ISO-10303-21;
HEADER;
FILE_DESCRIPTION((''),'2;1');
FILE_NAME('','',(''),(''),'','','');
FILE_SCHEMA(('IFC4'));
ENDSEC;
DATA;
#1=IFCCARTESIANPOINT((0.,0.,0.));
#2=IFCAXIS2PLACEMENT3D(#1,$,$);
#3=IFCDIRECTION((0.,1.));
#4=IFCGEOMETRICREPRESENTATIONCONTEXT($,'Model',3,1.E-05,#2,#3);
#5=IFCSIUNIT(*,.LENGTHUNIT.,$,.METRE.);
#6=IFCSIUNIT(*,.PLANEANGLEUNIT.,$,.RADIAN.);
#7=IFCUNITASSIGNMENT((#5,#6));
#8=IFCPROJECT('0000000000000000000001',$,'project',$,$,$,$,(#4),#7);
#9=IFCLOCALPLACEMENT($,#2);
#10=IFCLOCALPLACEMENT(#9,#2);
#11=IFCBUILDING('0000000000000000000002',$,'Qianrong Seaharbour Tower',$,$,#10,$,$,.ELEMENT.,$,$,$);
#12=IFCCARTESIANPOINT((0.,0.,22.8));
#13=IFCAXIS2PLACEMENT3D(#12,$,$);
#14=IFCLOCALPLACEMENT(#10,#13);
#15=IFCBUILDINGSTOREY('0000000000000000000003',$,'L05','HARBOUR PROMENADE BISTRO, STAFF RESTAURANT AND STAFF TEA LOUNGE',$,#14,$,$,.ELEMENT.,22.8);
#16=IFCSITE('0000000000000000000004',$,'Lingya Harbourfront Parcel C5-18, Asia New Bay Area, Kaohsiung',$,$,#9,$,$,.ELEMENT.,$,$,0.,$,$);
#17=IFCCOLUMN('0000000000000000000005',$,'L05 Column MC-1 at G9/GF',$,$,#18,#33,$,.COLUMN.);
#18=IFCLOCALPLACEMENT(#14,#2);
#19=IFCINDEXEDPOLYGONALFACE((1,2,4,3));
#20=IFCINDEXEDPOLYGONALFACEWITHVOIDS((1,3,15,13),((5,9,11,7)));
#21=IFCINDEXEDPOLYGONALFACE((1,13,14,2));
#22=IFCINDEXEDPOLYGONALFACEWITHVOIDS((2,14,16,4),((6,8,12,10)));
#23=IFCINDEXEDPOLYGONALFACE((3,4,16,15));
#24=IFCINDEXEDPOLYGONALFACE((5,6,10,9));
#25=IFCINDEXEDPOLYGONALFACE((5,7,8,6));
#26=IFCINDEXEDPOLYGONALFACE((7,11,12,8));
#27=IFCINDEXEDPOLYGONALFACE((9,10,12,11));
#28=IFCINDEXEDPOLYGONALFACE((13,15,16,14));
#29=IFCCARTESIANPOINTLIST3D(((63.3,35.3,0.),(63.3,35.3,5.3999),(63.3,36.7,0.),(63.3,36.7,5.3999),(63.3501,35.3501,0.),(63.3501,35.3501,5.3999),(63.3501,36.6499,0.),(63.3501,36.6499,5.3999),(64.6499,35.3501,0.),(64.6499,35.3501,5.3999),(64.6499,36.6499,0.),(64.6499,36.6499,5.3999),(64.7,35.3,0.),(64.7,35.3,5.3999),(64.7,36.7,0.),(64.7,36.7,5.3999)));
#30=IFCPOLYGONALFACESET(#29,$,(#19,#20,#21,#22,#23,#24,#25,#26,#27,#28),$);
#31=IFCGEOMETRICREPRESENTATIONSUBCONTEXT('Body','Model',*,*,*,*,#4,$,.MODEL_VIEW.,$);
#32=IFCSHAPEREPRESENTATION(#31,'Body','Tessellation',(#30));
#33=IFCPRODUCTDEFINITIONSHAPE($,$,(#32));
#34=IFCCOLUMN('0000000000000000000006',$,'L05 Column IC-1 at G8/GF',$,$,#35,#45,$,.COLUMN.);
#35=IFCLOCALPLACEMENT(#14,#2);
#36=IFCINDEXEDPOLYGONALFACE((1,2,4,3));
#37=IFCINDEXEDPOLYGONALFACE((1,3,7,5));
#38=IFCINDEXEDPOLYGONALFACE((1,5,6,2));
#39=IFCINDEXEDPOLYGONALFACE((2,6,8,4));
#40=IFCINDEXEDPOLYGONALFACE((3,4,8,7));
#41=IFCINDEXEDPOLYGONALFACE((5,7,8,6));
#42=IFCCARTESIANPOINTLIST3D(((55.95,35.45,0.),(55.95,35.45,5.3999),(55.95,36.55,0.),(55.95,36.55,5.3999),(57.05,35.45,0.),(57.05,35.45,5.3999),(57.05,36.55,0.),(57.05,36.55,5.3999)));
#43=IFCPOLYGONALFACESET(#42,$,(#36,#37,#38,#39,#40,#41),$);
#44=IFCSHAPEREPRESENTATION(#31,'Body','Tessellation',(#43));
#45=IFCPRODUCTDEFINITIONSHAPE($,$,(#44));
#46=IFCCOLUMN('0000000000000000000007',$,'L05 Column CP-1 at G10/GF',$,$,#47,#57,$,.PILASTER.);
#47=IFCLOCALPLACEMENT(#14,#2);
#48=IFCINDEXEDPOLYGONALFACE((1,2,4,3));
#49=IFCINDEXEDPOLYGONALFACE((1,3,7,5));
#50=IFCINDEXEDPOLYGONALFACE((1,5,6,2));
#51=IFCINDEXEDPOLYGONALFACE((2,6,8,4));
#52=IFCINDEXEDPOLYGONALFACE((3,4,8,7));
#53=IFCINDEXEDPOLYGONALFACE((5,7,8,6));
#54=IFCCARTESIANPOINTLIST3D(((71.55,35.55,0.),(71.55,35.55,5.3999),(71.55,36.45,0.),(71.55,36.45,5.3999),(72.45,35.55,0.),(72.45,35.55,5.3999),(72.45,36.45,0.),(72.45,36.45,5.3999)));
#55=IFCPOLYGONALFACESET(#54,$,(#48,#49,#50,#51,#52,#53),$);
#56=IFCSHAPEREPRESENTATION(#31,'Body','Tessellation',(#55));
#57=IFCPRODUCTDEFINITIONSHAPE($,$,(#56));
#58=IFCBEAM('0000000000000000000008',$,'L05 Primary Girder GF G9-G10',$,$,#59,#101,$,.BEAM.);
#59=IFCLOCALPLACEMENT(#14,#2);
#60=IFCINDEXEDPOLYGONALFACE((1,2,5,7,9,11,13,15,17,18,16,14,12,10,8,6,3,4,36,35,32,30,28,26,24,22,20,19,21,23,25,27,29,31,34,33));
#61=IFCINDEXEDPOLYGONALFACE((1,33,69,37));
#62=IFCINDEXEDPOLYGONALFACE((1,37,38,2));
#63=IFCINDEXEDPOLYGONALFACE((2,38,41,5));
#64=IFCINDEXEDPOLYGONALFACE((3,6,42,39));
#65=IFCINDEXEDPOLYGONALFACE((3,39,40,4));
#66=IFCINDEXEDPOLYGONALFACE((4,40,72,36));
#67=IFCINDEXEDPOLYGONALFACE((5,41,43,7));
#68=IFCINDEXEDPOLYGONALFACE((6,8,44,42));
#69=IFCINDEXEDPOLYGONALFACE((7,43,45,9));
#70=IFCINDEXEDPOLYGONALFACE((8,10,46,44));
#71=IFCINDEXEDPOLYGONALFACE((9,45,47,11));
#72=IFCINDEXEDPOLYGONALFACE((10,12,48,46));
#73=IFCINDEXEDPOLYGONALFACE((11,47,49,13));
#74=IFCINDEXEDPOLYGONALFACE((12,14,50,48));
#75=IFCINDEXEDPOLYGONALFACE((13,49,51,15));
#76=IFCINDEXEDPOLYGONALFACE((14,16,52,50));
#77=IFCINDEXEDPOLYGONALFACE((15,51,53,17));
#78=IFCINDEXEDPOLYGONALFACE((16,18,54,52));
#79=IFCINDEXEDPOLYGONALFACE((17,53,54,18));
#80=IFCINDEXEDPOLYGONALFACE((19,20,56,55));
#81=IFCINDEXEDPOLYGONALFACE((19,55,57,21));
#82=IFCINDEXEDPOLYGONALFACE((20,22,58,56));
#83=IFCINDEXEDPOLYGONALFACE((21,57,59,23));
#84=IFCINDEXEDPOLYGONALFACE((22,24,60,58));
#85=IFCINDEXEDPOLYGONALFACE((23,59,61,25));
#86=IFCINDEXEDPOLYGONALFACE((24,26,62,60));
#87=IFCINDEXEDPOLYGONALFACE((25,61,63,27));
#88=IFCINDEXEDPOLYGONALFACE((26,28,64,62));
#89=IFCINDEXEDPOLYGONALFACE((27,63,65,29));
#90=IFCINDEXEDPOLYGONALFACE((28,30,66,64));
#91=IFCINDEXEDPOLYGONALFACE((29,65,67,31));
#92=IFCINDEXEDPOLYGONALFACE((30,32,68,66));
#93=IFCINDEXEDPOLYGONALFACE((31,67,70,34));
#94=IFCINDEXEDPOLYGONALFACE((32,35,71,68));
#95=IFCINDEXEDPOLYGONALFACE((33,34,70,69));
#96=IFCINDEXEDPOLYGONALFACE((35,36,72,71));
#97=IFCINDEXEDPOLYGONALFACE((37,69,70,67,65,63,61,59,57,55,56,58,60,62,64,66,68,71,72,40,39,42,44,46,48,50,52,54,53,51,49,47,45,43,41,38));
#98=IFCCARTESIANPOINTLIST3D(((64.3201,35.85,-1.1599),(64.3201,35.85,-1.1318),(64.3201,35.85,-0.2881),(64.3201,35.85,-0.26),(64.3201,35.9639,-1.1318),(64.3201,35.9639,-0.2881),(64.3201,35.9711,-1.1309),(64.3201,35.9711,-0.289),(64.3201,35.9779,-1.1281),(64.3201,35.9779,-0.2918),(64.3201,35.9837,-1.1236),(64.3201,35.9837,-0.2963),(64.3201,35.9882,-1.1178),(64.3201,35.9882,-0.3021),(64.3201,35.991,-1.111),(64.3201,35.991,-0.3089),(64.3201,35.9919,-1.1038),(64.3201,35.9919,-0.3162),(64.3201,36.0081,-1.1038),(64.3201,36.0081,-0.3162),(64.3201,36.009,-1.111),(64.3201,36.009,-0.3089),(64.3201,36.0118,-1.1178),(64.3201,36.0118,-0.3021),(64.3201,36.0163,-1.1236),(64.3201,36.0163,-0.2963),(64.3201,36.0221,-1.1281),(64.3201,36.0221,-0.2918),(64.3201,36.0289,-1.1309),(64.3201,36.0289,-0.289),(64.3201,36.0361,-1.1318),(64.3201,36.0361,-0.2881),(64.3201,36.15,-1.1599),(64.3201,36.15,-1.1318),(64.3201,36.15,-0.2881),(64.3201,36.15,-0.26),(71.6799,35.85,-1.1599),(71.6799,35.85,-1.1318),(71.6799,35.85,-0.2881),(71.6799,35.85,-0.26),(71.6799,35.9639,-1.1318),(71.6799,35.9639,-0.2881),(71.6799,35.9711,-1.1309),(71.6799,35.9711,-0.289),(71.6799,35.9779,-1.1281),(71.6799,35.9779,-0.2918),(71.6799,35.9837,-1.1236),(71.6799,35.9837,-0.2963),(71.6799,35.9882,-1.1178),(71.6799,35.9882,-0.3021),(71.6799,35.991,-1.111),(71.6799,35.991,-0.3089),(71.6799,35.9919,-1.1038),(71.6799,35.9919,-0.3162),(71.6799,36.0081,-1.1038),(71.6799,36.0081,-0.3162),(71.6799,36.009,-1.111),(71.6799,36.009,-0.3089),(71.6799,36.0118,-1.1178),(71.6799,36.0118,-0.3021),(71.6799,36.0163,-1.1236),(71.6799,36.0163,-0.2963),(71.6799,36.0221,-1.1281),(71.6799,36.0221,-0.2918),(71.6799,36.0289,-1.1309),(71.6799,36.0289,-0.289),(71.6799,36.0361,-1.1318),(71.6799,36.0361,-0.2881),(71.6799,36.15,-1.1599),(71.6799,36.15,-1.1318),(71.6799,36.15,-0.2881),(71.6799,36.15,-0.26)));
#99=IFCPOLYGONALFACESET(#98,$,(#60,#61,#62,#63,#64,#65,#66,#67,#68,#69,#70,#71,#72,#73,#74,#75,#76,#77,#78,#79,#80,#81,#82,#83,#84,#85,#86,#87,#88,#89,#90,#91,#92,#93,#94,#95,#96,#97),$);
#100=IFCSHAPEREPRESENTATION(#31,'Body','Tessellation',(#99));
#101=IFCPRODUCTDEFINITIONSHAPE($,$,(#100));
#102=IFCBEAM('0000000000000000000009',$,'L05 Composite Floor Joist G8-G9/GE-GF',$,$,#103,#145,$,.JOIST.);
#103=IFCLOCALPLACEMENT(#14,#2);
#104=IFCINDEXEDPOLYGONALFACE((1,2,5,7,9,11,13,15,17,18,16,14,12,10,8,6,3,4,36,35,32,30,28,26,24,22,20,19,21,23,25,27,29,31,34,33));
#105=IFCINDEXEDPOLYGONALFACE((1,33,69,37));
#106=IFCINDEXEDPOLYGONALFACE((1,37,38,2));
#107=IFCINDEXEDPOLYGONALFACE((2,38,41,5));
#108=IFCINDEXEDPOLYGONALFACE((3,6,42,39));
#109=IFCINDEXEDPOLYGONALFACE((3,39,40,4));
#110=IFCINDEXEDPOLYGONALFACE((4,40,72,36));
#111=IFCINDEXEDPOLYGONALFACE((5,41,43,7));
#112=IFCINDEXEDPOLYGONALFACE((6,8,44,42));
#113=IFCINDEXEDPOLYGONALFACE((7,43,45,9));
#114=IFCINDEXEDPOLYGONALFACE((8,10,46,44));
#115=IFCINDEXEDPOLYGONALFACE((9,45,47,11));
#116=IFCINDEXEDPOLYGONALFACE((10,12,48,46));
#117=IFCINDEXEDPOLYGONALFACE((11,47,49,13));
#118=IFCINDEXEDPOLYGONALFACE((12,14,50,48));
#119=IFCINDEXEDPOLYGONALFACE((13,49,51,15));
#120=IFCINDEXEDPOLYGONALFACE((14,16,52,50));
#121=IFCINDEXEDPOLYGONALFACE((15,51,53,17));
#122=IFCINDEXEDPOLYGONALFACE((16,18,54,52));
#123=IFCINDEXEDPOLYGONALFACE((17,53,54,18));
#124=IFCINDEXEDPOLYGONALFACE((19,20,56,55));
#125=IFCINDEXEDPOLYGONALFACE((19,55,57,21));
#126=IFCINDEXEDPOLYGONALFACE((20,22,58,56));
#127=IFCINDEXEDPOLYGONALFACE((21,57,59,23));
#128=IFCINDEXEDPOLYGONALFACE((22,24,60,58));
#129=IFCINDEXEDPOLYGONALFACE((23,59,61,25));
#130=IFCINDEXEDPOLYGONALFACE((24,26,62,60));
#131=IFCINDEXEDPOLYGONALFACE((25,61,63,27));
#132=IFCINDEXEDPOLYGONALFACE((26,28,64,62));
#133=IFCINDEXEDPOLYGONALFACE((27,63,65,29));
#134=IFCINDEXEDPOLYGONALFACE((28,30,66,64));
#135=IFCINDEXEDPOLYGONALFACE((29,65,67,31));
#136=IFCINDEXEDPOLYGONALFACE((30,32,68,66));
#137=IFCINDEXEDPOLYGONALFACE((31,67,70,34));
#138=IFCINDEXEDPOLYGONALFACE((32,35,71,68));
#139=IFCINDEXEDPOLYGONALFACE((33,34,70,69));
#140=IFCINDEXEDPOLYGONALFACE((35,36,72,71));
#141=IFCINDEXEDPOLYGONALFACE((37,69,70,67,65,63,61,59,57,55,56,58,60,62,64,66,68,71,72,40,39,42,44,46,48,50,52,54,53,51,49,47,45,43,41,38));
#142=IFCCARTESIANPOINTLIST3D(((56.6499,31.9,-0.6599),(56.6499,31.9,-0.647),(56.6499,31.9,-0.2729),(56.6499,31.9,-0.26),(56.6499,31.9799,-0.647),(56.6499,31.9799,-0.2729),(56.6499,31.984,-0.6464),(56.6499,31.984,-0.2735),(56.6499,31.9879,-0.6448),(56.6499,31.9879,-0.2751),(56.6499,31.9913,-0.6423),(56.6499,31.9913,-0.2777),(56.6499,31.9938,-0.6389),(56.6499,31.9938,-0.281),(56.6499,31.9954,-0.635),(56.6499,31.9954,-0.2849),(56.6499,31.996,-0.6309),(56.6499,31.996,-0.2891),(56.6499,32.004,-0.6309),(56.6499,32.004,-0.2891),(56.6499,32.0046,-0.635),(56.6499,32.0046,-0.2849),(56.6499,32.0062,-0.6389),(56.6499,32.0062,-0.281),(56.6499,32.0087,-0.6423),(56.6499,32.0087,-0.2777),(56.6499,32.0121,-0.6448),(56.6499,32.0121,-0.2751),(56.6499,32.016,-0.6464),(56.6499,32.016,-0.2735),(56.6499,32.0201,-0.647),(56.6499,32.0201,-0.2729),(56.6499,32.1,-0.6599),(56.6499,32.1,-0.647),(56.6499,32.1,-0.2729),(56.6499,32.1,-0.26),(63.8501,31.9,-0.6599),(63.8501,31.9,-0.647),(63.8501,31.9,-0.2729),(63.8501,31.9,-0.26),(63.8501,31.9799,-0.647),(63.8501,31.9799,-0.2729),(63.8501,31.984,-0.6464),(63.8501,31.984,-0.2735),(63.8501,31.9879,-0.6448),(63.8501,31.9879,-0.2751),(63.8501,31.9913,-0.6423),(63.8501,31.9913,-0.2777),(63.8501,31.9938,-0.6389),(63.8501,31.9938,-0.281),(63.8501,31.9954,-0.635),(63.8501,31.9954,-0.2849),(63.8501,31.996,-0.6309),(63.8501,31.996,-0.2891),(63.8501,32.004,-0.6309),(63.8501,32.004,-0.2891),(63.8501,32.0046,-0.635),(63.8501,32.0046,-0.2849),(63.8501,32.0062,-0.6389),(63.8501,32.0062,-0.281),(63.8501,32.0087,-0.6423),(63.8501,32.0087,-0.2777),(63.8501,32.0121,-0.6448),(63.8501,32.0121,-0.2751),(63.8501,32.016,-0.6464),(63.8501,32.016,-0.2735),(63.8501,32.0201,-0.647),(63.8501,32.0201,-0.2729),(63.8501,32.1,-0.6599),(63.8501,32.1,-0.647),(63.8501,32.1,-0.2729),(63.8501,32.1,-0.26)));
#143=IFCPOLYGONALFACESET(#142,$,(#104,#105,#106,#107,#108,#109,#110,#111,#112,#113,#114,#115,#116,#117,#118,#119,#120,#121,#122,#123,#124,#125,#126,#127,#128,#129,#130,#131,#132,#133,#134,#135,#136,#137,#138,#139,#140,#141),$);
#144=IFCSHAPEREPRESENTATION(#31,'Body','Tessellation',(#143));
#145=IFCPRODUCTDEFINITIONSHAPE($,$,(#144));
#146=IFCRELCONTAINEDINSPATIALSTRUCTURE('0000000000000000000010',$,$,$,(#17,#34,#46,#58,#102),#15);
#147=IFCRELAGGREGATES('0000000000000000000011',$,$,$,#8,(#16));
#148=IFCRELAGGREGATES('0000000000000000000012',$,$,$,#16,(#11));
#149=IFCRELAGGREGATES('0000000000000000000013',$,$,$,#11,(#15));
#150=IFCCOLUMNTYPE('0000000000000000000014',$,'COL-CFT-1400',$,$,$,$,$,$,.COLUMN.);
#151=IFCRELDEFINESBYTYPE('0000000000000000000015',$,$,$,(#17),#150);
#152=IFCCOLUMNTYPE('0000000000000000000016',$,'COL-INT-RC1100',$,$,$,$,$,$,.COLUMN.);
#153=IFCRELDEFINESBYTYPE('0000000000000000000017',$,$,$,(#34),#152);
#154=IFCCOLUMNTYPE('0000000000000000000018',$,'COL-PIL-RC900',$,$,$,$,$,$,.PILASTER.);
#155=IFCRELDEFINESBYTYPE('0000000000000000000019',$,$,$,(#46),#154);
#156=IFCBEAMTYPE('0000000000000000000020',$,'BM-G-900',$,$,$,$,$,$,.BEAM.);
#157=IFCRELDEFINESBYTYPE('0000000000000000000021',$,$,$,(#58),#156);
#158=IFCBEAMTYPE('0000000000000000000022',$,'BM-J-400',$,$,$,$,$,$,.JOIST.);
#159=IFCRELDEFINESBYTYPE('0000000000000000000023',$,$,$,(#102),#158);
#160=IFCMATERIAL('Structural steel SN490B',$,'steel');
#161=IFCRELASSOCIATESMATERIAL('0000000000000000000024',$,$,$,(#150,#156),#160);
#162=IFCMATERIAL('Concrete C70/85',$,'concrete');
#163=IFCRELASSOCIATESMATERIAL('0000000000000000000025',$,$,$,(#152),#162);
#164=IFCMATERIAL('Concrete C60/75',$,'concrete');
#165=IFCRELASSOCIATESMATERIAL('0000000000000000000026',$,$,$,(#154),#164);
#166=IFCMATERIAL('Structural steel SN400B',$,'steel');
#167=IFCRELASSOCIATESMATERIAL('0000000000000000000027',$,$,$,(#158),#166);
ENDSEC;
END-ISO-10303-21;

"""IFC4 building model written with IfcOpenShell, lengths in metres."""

from ifc_helpers import new_model, si_unit, direction, frame, origin, origin_2d, place, context, subcontext, project, spatial, rectangle, hollow_rectangle, i_section, extrude, material, material_profile, profile_set, type_object, element, save


model = new_model("IFC4")

# Units and contexts
model_context = context("Model", 3, precision=1e-05, world=origin(), true_north=direction((0.0, 1.0)))
body_context = subcontext(model_context, "Body", "Model", "MODEL_VIEW")
ifc_project = project(units=[si_unit("LENGTHUNIT", "METRE"), si_unit("PLANEANGLEUNIT", "RADIAN")], contexts=[model_context])

# Site, building, storey
site_placement = place(None, origin())
site = spatial("IfcSite", under=ifc_project, at=site_placement, Name="Lingya Harbourfront Parcel C5-18, Asia New Bay Area, Kaohsiung", CompositionType="ELEMENT", RefElevation=0.0)
building_placement = place(site_placement, origin())
building = spatial("IfcBuilding", under=site, at=building_placement, Name="Qianrong Seaharbour Tower", CompositionType="ELEMENT")
storey_placement = place(building_placement, frame((0.0, 0.0, 22.8)))
storey = spatial("IfcBuildingStorey", under=building, at=storey_placement, Name="L05", Description="HARBOUR PROMENADE BISTRO, STAFF RESTAURANT AND STAFF TEA LOUNGE", CompositionType="ELEMENT", Elevation=22.8)

# Columns
ifc_material_1 = material(Name="Structural steel SN490B", Category="steel")
ifc_material_profile_1 = material_profile(ifc_material_1, hollow_rectangle(XDim=1.3999, YDim=1.3999, WallThickness=0.05, at=origin_2d()), Name="BOX1400x1400x50")
ifc_profile_set_1 = profile_set([ifc_material_profile_1], Name="Structural steel SN490B")
column_type_1 = type_object("IfcColumnType", Name="COL-CFT-1400", PredefinedType="COLUMN", material=ifc_profile_set_1)
column_1_placement = place(storey_placement, frame((64.0, 36.0, 0.0), z_axis=(0.0, 0.0, 1.0), x_axis=(1.0, 0.0, 0.0)))
element("IfcColumn", 1, at=column_1_placement, inside=storey, type_object=column_type_1, Name="L05 Column MC-1 at G9/GF", PredefinedType="COLUMN", context=body_context, shape_type="SweptSolid", body=[
    extrude(hollow_rectangle(XDim=1.3999, YDim=1.3999, WallThickness=0.05, at=origin_2d()), origin(), (0.0, 0.0, 1.0), 5.3999),
])
ifc_material_2 = material(Name="Concrete C70/85", Category="concrete")
ifc_material_profile_2 = material_profile(ifc_material_2, rectangle(XDim=1.1001, YDim=1.1001, at=origin_2d()), Name="RC1100x1100")
ifc_profile_set_2 = profile_set([ifc_material_profile_2], Name="Concrete C70/85")
column_type_2 = type_object("IfcColumnType", Name="COL-INT-RC1100", PredefinedType="COLUMN", material=ifc_profile_set_2)
column_2_placement = place(storey_placement, frame((56.5, 36.0, 0.0), z_axis=(0.0, 0.0, 1.0), x_axis=(1.0, 0.0, 0.0)))
element("IfcColumn", 2, at=column_2_placement, inside=storey, type_object=column_type_2, Name="L05 Column IC-1 at G8/GF", PredefinedType="COLUMN", context=body_context, shape_type="SweptSolid", body=[
    extrude(rectangle(XDim=1.1001, YDim=1.1001, at=origin_2d()), origin(), (0.0, 0.0, 1.0), 5.3999),
])
ifc_material_3 = material(Name="Concrete C60/75", Category="concrete")
ifc_material_profile_3 = material_profile(ifc_material_3, rectangle(XDim=0.8999, YDim=0.8999, at=origin_2d()), Name="RC900x900")
ifc_profile_set_3 = profile_set([ifc_material_profile_3], Name="Concrete C60/75")
column_type_3 = type_object("IfcColumnType", Name="COL-PIL-RC900", PredefinedType="PILASTER", material=ifc_profile_set_3)
column_3_placement = place(storey_placement, frame((72.0, 36.0, 0.0), z_axis=(0.0, 0.0, 1.0), x_axis=(1.0, 0.0, 0.0)))
element("IfcColumn", 3, at=column_3_placement, inside=storey, type_object=column_type_3, Name="L05 Column CP-1 at G10/GF", PredefinedType="PILASTER", context=body_context, shape_type="SweptSolid", body=[
    extrude(rectangle(XDim=0.8999, YDim=0.8999, at=origin_2d()), origin(), (0.0, 0.0, 1.0), 5.3999),
])

# Beams
ifc_material_profile_4 = material_profile(ifc_material_1, i_section(OverallWidth=0.3, OverallDepth=0.8999, WebThickness=0.0161, FlangeThickness=0.0281, FilletRadius=0.0281, at=origin_2d()), Name="H900x300x16x28")
ifc_profile_set_4 = profile_set([ifc_material_profile_4], Name="Structural steel SN490B")
beam_type_1 = type_object("IfcBeamType", Name="BM-G-900", PredefinedType="BEAM", material=ifc_profile_set_4)
beam_1_placement = place(storey_placement, frame((64.3201, 36.0, -0.71), z_axis=(1.0, 0.0, 0.0), x_axis=(0.0, 1.0, 0.0)))
element("IfcBeam", 4, at=beam_1_placement, inside=storey, type_object=beam_type_1, Name="L05 Primary Girder GF G9-G10", PredefinedType="BEAM", context=body_context, shape_type="SweptSolid", body=[
    extrude(i_section(OverallWidth=0.3, OverallDepth=0.8999, WebThickness=0.0161, FlangeThickness=0.0281, FilletRadius=0.0281, at=origin_2d()), origin(), (0.0, 0.0, 1.0), 7.3599),
])
ifc_material_4 = material(Name="Structural steel SN400B", Category="steel")
ifc_material_profile_5 = material_profile(ifc_material_4, i_section(OverallWidth=0.2, OverallDepth=0.3999, WebThickness=0.0081, FlangeThickness=0.0129, FilletRadius=0.0161, at=origin_2d()), Name="H400x200x8x13")
ifc_profile_set_5 = profile_set([ifc_material_profile_5], Name="Structural steel SN400B")
beam_type_2 = type_object("IfcBeamType", Name="BM-J-400", PredefinedType="JOIST", material=ifc_profile_set_5)
beam_2_placement = place(storey_placement, frame((56.6499, 32.0, -0.46), z_axis=(1.0, 0.0, 0.0), x_axis=(0.0, 1.0, 0.0)))
element("IfcBeam", 5, at=beam_2_placement, inside=storey, type_object=beam_type_2, Name="L05 Composite Floor Joist G8-G9/GE-GF", PredefinedType="JOIST", context=body_context, shape_type="SweptSolid", body=[
    extrude(i_section(OverallWidth=0.2, OverallDepth=0.3999, WebThickness=0.0081, FlangeThickness=0.0129, FilletRadius=0.0161, at=origin_2d()), origin(), (0.0, 0.0, 1.0), 7.2002),
])

save(model, "model.ifc")
